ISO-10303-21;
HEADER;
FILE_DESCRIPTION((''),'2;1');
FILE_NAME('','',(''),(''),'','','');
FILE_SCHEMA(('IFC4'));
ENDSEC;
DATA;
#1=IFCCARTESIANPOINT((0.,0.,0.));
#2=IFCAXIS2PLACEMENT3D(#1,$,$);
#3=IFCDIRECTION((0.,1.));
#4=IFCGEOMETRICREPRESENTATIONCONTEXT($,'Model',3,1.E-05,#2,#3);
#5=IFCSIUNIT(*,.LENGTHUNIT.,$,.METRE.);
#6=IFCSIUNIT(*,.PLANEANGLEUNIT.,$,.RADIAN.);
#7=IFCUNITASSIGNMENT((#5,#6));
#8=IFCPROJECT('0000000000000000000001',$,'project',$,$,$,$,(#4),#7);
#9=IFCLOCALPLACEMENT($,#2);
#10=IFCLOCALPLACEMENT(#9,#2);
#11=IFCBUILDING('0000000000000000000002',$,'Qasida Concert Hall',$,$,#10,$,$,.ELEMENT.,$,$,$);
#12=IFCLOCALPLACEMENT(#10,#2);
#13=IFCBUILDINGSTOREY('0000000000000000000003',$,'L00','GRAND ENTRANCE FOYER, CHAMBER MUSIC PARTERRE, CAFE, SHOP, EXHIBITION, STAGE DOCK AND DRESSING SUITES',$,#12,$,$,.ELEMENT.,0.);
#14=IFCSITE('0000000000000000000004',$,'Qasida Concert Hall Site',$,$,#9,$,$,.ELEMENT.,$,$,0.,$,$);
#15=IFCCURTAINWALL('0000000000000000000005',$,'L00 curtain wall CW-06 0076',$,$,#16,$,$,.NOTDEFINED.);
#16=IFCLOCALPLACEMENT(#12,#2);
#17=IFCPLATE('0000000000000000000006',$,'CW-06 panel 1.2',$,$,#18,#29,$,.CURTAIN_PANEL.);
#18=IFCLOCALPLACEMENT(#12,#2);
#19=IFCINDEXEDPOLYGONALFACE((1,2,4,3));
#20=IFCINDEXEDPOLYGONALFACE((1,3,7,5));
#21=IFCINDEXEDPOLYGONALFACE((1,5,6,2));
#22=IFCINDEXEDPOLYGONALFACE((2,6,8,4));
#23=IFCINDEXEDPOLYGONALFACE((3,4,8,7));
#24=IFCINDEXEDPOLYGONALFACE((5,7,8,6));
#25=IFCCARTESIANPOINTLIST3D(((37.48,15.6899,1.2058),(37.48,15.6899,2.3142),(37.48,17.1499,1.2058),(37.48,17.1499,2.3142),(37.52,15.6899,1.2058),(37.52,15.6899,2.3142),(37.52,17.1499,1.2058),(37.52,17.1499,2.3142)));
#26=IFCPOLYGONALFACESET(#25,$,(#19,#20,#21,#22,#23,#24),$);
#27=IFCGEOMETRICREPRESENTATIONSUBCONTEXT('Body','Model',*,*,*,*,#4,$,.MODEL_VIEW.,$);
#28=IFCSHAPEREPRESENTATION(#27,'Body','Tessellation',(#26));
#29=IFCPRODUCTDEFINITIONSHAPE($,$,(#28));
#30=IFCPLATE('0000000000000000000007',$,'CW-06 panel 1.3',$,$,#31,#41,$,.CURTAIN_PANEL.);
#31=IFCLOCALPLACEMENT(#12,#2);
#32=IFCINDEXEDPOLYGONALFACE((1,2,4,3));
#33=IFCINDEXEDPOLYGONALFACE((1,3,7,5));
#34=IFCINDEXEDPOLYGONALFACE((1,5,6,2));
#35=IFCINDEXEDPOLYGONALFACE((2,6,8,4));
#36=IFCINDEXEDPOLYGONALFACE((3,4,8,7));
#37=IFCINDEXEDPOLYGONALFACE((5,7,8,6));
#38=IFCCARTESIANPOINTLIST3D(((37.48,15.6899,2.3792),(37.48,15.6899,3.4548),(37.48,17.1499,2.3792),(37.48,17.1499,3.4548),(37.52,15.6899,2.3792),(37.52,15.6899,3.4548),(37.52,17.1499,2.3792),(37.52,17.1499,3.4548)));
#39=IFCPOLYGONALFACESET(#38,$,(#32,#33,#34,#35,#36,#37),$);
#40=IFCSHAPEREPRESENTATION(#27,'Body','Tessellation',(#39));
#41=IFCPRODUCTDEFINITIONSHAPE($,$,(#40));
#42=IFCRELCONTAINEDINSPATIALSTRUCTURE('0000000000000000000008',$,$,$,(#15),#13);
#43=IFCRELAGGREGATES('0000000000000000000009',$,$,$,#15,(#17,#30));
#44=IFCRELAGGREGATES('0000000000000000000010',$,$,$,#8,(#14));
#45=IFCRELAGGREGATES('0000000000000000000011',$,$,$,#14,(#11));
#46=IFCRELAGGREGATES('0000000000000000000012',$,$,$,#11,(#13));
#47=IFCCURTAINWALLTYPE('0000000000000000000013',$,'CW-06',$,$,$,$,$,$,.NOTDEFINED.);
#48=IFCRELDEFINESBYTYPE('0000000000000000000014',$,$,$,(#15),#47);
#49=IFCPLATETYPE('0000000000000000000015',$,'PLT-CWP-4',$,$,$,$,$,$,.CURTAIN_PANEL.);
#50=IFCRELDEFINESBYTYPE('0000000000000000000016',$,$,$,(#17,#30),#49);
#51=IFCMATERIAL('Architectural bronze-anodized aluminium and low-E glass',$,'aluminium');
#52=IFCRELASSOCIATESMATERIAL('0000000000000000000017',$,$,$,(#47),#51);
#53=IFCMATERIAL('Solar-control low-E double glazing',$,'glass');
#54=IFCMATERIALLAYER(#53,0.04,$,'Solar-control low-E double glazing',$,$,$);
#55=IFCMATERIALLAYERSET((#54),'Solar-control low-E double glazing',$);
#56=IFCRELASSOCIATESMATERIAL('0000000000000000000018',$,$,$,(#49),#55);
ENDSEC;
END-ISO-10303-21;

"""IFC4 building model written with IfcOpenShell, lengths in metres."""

from ifc_helpers import new_model, si_unit, direction, frame, origin, origin_2d, place, context, subcontext, project, spatial, rectangle, extrude, material, layer, layer_set, type_object, element, aggregate, save


model = new_model("IFC4")

# Units and contexts
model_context = context("Model", 3, precision=1e-05, world=origin(), true_north=direction((0.0, 1.0)))
body_context = subcontext(model_context, "Body", "Model", "MODEL_VIEW")
ifc_project = project(units=[si_unit("LENGTHUNIT", "METRE"), si_unit("PLANEANGLEUNIT", "RADIAN")], contexts=[model_context])

# Site, building, storey
site_placement = place(None, origin())
site = spatial("IfcSite", under=ifc_project, at=site_placement, Name="Qasida Concert Hall Site", CompositionType="ELEMENT", RefElevation=0.0)
building_placement = place(site_placement, origin())
building = spatial("IfcBuilding", under=site, at=building_placement, Name="Qasida Concert Hall", CompositionType="ELEMENT")
storey_placement = place(building_placement, origin())
storey = spatial("IfcBuildingStorey", under=building, at=storey_placement, Name="L00", Description="GRAND ENTRANCE FOYER, CHAMBER MUSIC PARTERRE, CAFE, SHOP, EXHIBITION, STAGE DOCK AND DRESSING SUITES", CompositionType="ELEMENT", Elevation=0.0)

# Shared definitions
ifc_material_1 = material(Name="Architectural bronze-anodized aluminium and low-E glass", Category="aluminium")
curtain_wall_type = type_object("IfcCurtainWallType", Name="CW-06", PredefinedType="NOTDEFINED", material=ifc_material_1)

# Curtain wall
curtain_wall_1_placement = place(storey_placement, origin())
curtain_wall_1 = element("IfcCurtainWall", 1, at=curtain_wall_1_placement, inside=storey, type_object=curtain_wall_type, Name="L00 curtain wall CW-06 0076", PredefinedType="NOTDEFINED")

# Plates
ifc_material_2 = material(Name="Solar-control low-E double glazing", Category="glass")
ifc_layer = layer(ifc_material_2, 0.04, Name="Solar-control low-E double glazing")
ifc_layer_set = layer_set([ifc_layer], Name="Solar-control low-E double glazing")
plate_type = type_object("IfcPlateType", Name="PLT-CWP-4", PredefinedType="CURTAIN_PANEL", material=ifc_layer_set)
plate_1_placement = place(storey_placement, frame((37.5, 16.4199, 1.2058), z_axis=(0.0, 0.0, 1.0), x_axis=(0.0, 1.0, 0.0)))
plate_1 = element("IfcPlate", 2, at=plate_1_placement, type_object=plate_type, Name="CW-06 panel 1.2", PredefinedType="CURTAIN_PANEL", context=body_context, shape_type="SweptSolid", body=[
    extrude(rectangle(XDim=1.46, YDim=0.04, at=origin_2d()), origin(), (0.0, 0.0, 1.0), 1.1084),
])
plate_2_placement = place(storey_placement, frame((37.5, 16.4199, 2.3792), z_axis=(0.0, 0.0, 1.0), x_axis=(0.0, 1.0, 0.0)))
plate_2 = element("IfcPlate", 3, at=plate_2_placement, type_object=plate_type, Name="CW-06 panel 1.3", PredefinedType="CURTAIN_PANEL", context=body_context, shape_type="SweptSolid", body=[
    extrude(rectangle(XDim=1.46, YDim=0.04, at=origin_2d()), origin(), (0.0, 0.0, 1.0), 1.0757),
])
aggregate(curtain_wall_1, [plate_1, plate_2])

save(model, "model.ifc")
